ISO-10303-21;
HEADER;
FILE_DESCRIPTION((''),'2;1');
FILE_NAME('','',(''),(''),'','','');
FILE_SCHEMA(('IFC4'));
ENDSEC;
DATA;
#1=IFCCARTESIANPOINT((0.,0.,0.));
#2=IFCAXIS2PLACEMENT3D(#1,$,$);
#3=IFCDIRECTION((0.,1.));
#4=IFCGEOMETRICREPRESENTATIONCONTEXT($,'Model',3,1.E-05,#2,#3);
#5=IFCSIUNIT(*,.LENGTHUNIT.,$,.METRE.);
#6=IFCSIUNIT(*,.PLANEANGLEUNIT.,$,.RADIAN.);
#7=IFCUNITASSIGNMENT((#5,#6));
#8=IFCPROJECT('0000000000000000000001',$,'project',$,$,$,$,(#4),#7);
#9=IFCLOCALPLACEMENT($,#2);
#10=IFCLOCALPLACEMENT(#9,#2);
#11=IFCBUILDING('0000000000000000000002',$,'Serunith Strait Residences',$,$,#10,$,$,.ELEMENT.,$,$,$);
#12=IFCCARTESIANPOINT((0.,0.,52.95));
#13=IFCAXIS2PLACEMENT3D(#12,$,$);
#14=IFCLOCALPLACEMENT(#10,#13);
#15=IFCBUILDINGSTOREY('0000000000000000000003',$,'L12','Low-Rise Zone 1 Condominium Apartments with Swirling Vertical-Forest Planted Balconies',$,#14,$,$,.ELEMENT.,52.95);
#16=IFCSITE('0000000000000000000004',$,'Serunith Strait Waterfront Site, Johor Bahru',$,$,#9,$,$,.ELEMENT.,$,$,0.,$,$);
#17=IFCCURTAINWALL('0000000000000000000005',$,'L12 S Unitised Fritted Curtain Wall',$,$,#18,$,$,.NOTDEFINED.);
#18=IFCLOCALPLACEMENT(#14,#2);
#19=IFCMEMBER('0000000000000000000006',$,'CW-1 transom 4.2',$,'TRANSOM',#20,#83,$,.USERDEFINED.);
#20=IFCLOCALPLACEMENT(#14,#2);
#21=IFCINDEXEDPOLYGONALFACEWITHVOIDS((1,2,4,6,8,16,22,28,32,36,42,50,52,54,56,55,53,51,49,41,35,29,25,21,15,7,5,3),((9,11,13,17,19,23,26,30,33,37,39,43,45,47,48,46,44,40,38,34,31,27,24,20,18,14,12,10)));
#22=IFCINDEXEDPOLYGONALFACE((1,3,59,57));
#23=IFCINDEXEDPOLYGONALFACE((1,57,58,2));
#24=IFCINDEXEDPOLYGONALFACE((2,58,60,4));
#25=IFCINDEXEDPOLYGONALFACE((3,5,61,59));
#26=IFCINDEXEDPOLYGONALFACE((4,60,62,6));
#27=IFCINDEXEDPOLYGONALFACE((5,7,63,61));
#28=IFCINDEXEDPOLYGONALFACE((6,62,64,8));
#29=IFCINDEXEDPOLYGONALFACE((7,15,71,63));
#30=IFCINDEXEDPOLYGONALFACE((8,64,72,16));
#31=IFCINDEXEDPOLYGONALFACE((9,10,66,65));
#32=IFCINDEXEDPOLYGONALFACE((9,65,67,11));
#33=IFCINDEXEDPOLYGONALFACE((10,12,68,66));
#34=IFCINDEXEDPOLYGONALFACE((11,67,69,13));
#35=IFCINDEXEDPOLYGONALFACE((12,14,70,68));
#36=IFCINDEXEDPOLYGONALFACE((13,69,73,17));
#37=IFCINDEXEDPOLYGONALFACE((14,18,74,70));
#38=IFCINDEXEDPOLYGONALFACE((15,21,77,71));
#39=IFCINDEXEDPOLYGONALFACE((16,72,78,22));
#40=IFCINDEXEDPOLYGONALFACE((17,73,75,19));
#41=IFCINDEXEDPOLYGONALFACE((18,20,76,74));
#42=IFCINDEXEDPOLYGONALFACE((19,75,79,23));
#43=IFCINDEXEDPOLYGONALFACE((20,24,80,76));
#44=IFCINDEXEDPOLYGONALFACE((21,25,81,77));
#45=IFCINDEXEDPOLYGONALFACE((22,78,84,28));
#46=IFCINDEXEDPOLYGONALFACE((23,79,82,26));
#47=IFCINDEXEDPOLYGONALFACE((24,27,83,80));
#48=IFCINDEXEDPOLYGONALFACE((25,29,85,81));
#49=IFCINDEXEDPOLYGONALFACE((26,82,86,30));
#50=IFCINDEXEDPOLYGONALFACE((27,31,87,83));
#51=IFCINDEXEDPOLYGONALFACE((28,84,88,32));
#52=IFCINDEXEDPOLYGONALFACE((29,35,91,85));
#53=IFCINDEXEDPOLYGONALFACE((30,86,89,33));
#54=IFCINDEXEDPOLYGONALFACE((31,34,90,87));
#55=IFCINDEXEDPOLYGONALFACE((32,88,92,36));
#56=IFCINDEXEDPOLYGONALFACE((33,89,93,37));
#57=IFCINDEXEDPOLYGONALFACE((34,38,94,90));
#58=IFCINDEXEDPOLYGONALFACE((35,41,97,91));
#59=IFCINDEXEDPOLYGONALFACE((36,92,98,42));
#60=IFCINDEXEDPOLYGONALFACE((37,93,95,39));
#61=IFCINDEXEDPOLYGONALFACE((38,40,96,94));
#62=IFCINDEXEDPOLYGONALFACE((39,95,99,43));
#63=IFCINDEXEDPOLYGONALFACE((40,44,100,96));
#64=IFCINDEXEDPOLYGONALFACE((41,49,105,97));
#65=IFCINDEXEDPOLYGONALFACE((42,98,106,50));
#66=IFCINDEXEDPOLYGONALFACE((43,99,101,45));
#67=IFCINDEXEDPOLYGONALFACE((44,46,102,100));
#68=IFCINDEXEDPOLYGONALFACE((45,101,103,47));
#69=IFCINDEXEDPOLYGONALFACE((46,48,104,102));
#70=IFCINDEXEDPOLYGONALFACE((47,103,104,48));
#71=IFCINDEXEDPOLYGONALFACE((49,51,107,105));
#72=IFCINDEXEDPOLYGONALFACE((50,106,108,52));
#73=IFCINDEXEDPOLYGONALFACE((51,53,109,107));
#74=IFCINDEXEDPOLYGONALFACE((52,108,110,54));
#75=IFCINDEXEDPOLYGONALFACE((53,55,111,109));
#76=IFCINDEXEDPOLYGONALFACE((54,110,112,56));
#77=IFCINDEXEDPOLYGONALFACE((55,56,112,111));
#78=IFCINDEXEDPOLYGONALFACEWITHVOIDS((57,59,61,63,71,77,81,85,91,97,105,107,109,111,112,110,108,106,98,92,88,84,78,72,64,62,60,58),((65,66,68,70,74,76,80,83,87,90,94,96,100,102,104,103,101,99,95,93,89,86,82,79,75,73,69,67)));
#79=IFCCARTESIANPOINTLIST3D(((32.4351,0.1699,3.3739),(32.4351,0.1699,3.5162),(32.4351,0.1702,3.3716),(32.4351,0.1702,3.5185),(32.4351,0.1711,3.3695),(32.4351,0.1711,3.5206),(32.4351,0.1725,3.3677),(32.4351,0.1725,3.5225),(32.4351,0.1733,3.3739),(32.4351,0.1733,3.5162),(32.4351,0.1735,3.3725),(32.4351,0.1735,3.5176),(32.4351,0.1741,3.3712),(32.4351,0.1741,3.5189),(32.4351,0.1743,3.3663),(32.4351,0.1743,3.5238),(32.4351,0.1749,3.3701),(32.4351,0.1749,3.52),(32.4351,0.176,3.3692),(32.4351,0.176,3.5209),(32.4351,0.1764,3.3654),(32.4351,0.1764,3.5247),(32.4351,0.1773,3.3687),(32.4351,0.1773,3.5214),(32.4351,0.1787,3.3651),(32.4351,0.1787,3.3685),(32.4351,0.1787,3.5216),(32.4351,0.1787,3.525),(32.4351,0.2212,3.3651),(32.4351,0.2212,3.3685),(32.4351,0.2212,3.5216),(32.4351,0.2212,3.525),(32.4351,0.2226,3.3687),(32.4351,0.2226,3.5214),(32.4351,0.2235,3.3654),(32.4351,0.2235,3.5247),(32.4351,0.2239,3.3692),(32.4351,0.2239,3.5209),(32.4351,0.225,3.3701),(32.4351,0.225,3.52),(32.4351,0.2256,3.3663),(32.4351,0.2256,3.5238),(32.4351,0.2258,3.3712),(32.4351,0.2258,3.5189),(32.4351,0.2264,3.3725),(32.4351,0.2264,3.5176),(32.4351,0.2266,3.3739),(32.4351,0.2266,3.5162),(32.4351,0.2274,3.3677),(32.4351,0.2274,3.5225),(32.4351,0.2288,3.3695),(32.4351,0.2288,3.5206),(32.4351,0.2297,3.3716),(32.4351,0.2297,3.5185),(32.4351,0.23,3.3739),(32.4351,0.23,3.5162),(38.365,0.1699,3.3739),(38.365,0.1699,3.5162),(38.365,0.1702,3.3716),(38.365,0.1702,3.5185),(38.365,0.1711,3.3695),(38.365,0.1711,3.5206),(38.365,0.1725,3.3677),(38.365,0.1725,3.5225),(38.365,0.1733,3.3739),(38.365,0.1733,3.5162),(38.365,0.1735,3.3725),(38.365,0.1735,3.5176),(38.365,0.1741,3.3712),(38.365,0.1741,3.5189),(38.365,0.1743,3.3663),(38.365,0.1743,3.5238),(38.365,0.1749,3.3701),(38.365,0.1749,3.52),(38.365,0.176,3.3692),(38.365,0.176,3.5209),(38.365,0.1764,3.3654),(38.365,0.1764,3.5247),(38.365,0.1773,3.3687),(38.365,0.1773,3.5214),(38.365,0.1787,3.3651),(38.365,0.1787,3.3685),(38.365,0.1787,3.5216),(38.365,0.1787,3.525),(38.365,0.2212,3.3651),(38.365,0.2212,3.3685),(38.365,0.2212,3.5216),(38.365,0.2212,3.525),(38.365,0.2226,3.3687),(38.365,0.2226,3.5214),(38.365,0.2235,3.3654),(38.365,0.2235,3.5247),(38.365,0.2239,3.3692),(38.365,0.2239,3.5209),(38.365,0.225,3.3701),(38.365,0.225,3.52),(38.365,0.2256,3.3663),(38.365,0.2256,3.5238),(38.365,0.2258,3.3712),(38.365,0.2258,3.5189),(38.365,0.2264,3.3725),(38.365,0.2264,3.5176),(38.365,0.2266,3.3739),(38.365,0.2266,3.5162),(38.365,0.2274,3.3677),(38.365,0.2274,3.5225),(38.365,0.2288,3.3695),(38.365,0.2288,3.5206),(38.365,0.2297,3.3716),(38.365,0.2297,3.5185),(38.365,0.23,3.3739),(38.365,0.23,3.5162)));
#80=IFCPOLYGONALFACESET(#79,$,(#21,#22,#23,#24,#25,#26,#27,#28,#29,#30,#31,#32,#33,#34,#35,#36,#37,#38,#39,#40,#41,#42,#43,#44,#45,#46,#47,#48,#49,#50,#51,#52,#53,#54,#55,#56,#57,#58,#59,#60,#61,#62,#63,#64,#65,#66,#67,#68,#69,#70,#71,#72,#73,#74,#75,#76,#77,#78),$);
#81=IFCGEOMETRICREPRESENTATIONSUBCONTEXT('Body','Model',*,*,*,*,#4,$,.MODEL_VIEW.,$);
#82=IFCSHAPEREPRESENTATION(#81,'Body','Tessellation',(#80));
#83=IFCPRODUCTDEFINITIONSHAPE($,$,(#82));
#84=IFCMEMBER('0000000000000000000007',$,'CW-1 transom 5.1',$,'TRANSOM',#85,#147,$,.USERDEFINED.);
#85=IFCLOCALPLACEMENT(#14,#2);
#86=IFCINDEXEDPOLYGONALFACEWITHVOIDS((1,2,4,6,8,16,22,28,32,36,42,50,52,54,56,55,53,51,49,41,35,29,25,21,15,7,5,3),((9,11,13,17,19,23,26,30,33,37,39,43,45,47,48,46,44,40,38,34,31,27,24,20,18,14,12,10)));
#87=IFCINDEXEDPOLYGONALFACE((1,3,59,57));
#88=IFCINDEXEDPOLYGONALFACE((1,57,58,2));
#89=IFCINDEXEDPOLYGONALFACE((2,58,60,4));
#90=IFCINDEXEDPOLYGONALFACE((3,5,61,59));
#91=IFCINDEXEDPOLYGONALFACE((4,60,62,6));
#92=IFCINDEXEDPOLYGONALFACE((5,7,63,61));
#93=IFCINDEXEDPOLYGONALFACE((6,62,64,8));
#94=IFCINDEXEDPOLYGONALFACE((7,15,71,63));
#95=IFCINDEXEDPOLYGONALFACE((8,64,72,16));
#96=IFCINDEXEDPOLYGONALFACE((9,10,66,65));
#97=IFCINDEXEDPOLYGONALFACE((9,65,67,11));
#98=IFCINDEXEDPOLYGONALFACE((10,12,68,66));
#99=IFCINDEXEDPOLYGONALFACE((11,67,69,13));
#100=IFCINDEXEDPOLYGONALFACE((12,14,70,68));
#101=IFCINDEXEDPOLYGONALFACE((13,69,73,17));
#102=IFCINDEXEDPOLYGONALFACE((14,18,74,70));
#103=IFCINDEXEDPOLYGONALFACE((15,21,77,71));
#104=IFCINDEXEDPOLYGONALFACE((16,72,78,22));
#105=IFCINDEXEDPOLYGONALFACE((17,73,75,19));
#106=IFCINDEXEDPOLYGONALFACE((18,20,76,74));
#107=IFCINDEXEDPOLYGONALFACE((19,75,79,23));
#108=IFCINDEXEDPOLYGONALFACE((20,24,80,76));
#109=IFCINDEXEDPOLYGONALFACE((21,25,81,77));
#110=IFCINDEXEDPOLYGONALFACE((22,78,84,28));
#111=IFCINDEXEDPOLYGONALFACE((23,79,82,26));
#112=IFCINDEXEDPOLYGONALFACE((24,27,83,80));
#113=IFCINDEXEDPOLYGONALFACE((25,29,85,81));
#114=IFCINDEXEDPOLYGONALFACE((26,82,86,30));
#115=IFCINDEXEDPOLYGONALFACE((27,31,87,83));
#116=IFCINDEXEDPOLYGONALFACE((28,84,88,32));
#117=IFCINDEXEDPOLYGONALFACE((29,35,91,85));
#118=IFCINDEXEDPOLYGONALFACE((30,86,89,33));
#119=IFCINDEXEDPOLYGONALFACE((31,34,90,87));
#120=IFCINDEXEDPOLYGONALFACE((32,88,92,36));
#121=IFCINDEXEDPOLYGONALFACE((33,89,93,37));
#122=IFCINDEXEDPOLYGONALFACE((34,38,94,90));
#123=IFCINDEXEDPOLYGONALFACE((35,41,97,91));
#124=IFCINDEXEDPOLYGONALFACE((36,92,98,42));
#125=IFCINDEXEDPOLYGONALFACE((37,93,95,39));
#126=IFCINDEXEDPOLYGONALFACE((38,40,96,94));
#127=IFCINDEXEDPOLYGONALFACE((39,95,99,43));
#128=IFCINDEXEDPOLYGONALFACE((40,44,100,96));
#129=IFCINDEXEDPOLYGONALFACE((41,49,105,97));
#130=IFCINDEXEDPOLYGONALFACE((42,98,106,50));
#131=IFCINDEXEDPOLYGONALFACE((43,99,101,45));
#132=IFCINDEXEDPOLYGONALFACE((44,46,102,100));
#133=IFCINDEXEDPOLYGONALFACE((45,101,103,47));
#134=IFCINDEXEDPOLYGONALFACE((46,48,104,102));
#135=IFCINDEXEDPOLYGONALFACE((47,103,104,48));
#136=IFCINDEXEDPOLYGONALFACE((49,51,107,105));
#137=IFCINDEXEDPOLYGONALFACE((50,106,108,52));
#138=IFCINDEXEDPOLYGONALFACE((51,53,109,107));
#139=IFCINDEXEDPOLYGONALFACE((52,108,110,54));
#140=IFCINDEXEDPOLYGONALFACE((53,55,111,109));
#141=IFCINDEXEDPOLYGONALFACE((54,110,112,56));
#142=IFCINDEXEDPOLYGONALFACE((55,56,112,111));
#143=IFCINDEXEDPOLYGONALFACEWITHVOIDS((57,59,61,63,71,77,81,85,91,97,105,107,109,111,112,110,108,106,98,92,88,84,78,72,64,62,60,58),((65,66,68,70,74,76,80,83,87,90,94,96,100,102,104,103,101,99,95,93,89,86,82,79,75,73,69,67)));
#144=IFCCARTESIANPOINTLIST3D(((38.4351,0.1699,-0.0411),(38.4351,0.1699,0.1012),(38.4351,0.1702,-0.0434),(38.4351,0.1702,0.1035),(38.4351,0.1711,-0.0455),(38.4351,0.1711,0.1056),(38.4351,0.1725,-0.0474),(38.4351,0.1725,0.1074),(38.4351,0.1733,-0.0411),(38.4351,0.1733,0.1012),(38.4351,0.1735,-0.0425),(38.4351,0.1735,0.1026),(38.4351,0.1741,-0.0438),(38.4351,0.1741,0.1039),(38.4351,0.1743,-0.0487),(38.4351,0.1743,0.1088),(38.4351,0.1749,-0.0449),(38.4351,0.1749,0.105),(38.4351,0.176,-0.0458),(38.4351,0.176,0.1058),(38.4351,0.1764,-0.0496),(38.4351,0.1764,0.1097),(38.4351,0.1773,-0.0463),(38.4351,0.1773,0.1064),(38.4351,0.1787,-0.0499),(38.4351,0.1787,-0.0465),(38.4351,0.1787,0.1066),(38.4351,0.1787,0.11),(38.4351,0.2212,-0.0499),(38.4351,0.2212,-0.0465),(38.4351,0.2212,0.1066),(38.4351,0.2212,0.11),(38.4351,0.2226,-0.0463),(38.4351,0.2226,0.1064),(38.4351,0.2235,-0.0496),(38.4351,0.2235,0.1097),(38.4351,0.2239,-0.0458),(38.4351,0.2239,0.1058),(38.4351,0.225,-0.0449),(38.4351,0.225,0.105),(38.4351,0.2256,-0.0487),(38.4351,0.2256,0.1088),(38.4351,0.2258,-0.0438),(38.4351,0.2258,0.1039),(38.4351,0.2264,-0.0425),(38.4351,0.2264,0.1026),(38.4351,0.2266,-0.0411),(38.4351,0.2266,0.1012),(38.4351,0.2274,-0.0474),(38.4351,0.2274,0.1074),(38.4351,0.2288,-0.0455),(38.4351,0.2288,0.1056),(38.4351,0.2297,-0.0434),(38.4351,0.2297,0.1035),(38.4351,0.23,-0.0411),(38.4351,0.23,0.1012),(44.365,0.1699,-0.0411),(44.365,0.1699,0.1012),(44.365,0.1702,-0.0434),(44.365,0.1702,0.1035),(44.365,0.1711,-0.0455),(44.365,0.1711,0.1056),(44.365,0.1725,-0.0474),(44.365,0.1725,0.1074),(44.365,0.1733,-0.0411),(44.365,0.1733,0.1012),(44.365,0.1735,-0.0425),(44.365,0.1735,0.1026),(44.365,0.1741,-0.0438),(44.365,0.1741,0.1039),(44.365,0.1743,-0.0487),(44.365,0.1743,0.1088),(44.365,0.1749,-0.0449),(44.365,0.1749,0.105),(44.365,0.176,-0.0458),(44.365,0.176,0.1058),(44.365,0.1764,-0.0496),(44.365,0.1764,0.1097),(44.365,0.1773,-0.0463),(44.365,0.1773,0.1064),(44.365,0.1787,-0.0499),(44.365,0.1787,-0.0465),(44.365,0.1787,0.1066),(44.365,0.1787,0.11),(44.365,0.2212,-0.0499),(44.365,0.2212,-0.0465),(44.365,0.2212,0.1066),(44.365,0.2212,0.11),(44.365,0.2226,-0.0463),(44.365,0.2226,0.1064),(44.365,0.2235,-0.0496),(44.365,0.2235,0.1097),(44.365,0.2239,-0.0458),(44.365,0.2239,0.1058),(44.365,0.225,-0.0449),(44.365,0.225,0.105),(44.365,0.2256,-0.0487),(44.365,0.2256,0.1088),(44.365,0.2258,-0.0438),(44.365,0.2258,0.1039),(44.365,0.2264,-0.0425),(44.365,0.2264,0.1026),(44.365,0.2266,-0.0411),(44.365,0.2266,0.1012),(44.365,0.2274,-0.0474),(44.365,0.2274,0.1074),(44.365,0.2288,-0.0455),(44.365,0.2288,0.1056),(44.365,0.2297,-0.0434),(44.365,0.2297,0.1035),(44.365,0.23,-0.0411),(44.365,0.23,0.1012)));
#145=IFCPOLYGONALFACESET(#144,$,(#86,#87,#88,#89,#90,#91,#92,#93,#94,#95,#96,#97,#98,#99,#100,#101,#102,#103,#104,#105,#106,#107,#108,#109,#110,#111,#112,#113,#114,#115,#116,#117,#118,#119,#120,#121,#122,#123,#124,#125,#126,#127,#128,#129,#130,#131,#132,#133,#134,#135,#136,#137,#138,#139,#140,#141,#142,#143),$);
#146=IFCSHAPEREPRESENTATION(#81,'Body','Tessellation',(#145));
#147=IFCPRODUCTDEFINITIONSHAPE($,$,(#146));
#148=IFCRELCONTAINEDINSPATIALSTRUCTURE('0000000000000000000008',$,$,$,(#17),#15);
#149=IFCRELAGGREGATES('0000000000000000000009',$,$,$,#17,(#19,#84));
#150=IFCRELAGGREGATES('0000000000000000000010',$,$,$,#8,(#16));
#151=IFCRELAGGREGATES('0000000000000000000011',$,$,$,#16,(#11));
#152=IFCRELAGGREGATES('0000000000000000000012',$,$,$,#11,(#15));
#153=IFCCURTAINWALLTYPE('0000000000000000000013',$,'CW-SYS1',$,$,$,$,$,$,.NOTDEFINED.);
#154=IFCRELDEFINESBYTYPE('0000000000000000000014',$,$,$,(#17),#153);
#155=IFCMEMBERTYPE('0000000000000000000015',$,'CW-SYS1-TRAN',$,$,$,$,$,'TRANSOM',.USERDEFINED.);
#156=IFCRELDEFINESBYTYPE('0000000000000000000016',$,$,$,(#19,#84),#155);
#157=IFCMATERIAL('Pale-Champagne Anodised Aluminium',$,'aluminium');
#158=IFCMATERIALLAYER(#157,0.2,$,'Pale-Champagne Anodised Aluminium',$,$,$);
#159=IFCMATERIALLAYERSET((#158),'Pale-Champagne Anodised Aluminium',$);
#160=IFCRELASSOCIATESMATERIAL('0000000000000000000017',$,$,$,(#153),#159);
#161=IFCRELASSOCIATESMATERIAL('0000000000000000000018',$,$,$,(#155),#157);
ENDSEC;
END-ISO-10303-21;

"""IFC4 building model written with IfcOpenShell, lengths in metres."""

from ifc_helpers import new_model, si_unit, direction, frame, origin, origin_2d, place, context, subcontext, project, spatial, hollow_rectangle, extrude, source, transform, mapped, material, layer, layer_set, material_profile, profile_set, type_object, element, aggregate, save


model = new_model("IFC4")

# Units and contexts
model_context = context("Model", 3, precision=1e-05, world=origin(), true_north=direction((0.0, 1.0)))
body_context = subcontext(model_context, "Body", "Model", "MODEL_VIEW")
ifc_project = project(units=[si_unit("LENGTHUNIT", "METRE"), si_unit("PLANEANGLEUNIT", "RADIAN")], contexts=[model_context])

# Site, building, storey
site_placement = place(None, origin())
site = spatial("IfcSite", under=ifc_project, at=site_placement, Name="Serunith Strait Waterfront Site, Johor Bahru", CompositionType="ELEMENT", RefElevation=0.0)
building_placement = place(site_placement, origin())
building = spatial("IfcBuilding", under=site, at=building_placement, Name="Serunith Strait Residences", CompositionType="ELEMENT")
storey_placement = place(building_placement, frame((0.0, 0.0, 52.95)))
storey = spatial("IfcBuildingStorey", under=building, at=storey_placement, Name="L12", Description="Low-Rise Zone 1 Condominium Apartments with Swirling Vertical-Forest Planted Balconies", CompositionType="ELEMENT", Elevation=52.95)

# Curtain wall, members
ifc_material_1 = material(Name="Pale-Champagne Anodised Aluminium", Category="aluminium")
ifc_layer_1 = layer(ifc_material_1, 0.2, Name="Pale-Champagne Anodised Aluminium")
ifc_layer_set_1 = layer_set([ifc_layer_1], Name="Pale-Champagne Anodised Aluminium")
curtain_wall_type = type_object("IfcCurtainWallType", Name="CW-SYS1", PredefinedType="NOTDEFINED", material=ifc_layer_set_1)
curtain_wall_placement = place(storey_placement, origin())
curtain_wall = element("IfcCurtainWall", 1, at=curtain_wall_placement, inside=storey, type_object=curtain_wall_type, Name="L12 S Unitised Fritted Curtain Wall", PredefinedType="NOTDEFINED")
ifc_material_profile_1 = material_profile(ifc_material_1, hollow_rectangle(XDim=0.0601, YDim=0.1599, WallThickness=0.0034, InnerFilletRadius=0.0054, OuterFilletRadius=0.0088, at=origin_2d()), Name="ALU 160x60x3.5")
ifc_profile_set_1 = profile_set([ifc_material_profile_1], Name="Pale-Champagne Anodised Aluminium")
member_type_1 = type_object("IfcMemberType", Name="CW-SYS1-TRAN", ElementType="TRANSOM", PredefinedType="USERDEFINED", material=ifc_profile_set_1)
shared_shape_1 = source(origin(), body_context, "Body", "SweptSolid", [
    extrude(hollow_rectangle(XDim=0.0601, YDim=0.1599, WallThickness=0.0034, InnerFilletRadius=0.0054, OuterFilletRadius=0.0088, at=origin_2d()), origin(), (0.0, 0.0, 1.0), 5.9299),
])
member_1_placement = place(storey_placement, frame((32.4351, 0.2, 3.4451), z_axis=(1.0, 0.0, 0.0), x_axis=(0.0, 1.0, 0.0)))
member_1 = element("IfcMember", 2, at=member_1_placement, type_object=member_type_1, Name="CW-1 transom 4.2", ObjectType="TRANSOM", PredefinedType="USERDEFINED", context=body_context, shape_type="MappedRepresentation", body=[
    mapped(shared_shape_1, transform((0.0, 0.0, 0.0), scale=1.0)),
])
member_2_placement = place(storey_placement, frame((38.4351, 0.2, 0.03), z_axis=(1.0, 0.0, 0.0), x_axis=(0.0, 1.0, 0.0)))
member_2 = element("IfcMember", 3, at=member_2_placement, type_object=member_type_1, Name="CW-1 transom 5.1", ObjectType="TRANSOM", PredefinedType="USERDEFINED", context=body_context, shape_type="MappedRepresentation", body=[
    mapped(shared_shape_1, transform((0.0, 0.0, 0.0), scale=1.0)),
])
aggregate(curtain_wall, [member_1, member_2])

save(model, "model.ifc")
